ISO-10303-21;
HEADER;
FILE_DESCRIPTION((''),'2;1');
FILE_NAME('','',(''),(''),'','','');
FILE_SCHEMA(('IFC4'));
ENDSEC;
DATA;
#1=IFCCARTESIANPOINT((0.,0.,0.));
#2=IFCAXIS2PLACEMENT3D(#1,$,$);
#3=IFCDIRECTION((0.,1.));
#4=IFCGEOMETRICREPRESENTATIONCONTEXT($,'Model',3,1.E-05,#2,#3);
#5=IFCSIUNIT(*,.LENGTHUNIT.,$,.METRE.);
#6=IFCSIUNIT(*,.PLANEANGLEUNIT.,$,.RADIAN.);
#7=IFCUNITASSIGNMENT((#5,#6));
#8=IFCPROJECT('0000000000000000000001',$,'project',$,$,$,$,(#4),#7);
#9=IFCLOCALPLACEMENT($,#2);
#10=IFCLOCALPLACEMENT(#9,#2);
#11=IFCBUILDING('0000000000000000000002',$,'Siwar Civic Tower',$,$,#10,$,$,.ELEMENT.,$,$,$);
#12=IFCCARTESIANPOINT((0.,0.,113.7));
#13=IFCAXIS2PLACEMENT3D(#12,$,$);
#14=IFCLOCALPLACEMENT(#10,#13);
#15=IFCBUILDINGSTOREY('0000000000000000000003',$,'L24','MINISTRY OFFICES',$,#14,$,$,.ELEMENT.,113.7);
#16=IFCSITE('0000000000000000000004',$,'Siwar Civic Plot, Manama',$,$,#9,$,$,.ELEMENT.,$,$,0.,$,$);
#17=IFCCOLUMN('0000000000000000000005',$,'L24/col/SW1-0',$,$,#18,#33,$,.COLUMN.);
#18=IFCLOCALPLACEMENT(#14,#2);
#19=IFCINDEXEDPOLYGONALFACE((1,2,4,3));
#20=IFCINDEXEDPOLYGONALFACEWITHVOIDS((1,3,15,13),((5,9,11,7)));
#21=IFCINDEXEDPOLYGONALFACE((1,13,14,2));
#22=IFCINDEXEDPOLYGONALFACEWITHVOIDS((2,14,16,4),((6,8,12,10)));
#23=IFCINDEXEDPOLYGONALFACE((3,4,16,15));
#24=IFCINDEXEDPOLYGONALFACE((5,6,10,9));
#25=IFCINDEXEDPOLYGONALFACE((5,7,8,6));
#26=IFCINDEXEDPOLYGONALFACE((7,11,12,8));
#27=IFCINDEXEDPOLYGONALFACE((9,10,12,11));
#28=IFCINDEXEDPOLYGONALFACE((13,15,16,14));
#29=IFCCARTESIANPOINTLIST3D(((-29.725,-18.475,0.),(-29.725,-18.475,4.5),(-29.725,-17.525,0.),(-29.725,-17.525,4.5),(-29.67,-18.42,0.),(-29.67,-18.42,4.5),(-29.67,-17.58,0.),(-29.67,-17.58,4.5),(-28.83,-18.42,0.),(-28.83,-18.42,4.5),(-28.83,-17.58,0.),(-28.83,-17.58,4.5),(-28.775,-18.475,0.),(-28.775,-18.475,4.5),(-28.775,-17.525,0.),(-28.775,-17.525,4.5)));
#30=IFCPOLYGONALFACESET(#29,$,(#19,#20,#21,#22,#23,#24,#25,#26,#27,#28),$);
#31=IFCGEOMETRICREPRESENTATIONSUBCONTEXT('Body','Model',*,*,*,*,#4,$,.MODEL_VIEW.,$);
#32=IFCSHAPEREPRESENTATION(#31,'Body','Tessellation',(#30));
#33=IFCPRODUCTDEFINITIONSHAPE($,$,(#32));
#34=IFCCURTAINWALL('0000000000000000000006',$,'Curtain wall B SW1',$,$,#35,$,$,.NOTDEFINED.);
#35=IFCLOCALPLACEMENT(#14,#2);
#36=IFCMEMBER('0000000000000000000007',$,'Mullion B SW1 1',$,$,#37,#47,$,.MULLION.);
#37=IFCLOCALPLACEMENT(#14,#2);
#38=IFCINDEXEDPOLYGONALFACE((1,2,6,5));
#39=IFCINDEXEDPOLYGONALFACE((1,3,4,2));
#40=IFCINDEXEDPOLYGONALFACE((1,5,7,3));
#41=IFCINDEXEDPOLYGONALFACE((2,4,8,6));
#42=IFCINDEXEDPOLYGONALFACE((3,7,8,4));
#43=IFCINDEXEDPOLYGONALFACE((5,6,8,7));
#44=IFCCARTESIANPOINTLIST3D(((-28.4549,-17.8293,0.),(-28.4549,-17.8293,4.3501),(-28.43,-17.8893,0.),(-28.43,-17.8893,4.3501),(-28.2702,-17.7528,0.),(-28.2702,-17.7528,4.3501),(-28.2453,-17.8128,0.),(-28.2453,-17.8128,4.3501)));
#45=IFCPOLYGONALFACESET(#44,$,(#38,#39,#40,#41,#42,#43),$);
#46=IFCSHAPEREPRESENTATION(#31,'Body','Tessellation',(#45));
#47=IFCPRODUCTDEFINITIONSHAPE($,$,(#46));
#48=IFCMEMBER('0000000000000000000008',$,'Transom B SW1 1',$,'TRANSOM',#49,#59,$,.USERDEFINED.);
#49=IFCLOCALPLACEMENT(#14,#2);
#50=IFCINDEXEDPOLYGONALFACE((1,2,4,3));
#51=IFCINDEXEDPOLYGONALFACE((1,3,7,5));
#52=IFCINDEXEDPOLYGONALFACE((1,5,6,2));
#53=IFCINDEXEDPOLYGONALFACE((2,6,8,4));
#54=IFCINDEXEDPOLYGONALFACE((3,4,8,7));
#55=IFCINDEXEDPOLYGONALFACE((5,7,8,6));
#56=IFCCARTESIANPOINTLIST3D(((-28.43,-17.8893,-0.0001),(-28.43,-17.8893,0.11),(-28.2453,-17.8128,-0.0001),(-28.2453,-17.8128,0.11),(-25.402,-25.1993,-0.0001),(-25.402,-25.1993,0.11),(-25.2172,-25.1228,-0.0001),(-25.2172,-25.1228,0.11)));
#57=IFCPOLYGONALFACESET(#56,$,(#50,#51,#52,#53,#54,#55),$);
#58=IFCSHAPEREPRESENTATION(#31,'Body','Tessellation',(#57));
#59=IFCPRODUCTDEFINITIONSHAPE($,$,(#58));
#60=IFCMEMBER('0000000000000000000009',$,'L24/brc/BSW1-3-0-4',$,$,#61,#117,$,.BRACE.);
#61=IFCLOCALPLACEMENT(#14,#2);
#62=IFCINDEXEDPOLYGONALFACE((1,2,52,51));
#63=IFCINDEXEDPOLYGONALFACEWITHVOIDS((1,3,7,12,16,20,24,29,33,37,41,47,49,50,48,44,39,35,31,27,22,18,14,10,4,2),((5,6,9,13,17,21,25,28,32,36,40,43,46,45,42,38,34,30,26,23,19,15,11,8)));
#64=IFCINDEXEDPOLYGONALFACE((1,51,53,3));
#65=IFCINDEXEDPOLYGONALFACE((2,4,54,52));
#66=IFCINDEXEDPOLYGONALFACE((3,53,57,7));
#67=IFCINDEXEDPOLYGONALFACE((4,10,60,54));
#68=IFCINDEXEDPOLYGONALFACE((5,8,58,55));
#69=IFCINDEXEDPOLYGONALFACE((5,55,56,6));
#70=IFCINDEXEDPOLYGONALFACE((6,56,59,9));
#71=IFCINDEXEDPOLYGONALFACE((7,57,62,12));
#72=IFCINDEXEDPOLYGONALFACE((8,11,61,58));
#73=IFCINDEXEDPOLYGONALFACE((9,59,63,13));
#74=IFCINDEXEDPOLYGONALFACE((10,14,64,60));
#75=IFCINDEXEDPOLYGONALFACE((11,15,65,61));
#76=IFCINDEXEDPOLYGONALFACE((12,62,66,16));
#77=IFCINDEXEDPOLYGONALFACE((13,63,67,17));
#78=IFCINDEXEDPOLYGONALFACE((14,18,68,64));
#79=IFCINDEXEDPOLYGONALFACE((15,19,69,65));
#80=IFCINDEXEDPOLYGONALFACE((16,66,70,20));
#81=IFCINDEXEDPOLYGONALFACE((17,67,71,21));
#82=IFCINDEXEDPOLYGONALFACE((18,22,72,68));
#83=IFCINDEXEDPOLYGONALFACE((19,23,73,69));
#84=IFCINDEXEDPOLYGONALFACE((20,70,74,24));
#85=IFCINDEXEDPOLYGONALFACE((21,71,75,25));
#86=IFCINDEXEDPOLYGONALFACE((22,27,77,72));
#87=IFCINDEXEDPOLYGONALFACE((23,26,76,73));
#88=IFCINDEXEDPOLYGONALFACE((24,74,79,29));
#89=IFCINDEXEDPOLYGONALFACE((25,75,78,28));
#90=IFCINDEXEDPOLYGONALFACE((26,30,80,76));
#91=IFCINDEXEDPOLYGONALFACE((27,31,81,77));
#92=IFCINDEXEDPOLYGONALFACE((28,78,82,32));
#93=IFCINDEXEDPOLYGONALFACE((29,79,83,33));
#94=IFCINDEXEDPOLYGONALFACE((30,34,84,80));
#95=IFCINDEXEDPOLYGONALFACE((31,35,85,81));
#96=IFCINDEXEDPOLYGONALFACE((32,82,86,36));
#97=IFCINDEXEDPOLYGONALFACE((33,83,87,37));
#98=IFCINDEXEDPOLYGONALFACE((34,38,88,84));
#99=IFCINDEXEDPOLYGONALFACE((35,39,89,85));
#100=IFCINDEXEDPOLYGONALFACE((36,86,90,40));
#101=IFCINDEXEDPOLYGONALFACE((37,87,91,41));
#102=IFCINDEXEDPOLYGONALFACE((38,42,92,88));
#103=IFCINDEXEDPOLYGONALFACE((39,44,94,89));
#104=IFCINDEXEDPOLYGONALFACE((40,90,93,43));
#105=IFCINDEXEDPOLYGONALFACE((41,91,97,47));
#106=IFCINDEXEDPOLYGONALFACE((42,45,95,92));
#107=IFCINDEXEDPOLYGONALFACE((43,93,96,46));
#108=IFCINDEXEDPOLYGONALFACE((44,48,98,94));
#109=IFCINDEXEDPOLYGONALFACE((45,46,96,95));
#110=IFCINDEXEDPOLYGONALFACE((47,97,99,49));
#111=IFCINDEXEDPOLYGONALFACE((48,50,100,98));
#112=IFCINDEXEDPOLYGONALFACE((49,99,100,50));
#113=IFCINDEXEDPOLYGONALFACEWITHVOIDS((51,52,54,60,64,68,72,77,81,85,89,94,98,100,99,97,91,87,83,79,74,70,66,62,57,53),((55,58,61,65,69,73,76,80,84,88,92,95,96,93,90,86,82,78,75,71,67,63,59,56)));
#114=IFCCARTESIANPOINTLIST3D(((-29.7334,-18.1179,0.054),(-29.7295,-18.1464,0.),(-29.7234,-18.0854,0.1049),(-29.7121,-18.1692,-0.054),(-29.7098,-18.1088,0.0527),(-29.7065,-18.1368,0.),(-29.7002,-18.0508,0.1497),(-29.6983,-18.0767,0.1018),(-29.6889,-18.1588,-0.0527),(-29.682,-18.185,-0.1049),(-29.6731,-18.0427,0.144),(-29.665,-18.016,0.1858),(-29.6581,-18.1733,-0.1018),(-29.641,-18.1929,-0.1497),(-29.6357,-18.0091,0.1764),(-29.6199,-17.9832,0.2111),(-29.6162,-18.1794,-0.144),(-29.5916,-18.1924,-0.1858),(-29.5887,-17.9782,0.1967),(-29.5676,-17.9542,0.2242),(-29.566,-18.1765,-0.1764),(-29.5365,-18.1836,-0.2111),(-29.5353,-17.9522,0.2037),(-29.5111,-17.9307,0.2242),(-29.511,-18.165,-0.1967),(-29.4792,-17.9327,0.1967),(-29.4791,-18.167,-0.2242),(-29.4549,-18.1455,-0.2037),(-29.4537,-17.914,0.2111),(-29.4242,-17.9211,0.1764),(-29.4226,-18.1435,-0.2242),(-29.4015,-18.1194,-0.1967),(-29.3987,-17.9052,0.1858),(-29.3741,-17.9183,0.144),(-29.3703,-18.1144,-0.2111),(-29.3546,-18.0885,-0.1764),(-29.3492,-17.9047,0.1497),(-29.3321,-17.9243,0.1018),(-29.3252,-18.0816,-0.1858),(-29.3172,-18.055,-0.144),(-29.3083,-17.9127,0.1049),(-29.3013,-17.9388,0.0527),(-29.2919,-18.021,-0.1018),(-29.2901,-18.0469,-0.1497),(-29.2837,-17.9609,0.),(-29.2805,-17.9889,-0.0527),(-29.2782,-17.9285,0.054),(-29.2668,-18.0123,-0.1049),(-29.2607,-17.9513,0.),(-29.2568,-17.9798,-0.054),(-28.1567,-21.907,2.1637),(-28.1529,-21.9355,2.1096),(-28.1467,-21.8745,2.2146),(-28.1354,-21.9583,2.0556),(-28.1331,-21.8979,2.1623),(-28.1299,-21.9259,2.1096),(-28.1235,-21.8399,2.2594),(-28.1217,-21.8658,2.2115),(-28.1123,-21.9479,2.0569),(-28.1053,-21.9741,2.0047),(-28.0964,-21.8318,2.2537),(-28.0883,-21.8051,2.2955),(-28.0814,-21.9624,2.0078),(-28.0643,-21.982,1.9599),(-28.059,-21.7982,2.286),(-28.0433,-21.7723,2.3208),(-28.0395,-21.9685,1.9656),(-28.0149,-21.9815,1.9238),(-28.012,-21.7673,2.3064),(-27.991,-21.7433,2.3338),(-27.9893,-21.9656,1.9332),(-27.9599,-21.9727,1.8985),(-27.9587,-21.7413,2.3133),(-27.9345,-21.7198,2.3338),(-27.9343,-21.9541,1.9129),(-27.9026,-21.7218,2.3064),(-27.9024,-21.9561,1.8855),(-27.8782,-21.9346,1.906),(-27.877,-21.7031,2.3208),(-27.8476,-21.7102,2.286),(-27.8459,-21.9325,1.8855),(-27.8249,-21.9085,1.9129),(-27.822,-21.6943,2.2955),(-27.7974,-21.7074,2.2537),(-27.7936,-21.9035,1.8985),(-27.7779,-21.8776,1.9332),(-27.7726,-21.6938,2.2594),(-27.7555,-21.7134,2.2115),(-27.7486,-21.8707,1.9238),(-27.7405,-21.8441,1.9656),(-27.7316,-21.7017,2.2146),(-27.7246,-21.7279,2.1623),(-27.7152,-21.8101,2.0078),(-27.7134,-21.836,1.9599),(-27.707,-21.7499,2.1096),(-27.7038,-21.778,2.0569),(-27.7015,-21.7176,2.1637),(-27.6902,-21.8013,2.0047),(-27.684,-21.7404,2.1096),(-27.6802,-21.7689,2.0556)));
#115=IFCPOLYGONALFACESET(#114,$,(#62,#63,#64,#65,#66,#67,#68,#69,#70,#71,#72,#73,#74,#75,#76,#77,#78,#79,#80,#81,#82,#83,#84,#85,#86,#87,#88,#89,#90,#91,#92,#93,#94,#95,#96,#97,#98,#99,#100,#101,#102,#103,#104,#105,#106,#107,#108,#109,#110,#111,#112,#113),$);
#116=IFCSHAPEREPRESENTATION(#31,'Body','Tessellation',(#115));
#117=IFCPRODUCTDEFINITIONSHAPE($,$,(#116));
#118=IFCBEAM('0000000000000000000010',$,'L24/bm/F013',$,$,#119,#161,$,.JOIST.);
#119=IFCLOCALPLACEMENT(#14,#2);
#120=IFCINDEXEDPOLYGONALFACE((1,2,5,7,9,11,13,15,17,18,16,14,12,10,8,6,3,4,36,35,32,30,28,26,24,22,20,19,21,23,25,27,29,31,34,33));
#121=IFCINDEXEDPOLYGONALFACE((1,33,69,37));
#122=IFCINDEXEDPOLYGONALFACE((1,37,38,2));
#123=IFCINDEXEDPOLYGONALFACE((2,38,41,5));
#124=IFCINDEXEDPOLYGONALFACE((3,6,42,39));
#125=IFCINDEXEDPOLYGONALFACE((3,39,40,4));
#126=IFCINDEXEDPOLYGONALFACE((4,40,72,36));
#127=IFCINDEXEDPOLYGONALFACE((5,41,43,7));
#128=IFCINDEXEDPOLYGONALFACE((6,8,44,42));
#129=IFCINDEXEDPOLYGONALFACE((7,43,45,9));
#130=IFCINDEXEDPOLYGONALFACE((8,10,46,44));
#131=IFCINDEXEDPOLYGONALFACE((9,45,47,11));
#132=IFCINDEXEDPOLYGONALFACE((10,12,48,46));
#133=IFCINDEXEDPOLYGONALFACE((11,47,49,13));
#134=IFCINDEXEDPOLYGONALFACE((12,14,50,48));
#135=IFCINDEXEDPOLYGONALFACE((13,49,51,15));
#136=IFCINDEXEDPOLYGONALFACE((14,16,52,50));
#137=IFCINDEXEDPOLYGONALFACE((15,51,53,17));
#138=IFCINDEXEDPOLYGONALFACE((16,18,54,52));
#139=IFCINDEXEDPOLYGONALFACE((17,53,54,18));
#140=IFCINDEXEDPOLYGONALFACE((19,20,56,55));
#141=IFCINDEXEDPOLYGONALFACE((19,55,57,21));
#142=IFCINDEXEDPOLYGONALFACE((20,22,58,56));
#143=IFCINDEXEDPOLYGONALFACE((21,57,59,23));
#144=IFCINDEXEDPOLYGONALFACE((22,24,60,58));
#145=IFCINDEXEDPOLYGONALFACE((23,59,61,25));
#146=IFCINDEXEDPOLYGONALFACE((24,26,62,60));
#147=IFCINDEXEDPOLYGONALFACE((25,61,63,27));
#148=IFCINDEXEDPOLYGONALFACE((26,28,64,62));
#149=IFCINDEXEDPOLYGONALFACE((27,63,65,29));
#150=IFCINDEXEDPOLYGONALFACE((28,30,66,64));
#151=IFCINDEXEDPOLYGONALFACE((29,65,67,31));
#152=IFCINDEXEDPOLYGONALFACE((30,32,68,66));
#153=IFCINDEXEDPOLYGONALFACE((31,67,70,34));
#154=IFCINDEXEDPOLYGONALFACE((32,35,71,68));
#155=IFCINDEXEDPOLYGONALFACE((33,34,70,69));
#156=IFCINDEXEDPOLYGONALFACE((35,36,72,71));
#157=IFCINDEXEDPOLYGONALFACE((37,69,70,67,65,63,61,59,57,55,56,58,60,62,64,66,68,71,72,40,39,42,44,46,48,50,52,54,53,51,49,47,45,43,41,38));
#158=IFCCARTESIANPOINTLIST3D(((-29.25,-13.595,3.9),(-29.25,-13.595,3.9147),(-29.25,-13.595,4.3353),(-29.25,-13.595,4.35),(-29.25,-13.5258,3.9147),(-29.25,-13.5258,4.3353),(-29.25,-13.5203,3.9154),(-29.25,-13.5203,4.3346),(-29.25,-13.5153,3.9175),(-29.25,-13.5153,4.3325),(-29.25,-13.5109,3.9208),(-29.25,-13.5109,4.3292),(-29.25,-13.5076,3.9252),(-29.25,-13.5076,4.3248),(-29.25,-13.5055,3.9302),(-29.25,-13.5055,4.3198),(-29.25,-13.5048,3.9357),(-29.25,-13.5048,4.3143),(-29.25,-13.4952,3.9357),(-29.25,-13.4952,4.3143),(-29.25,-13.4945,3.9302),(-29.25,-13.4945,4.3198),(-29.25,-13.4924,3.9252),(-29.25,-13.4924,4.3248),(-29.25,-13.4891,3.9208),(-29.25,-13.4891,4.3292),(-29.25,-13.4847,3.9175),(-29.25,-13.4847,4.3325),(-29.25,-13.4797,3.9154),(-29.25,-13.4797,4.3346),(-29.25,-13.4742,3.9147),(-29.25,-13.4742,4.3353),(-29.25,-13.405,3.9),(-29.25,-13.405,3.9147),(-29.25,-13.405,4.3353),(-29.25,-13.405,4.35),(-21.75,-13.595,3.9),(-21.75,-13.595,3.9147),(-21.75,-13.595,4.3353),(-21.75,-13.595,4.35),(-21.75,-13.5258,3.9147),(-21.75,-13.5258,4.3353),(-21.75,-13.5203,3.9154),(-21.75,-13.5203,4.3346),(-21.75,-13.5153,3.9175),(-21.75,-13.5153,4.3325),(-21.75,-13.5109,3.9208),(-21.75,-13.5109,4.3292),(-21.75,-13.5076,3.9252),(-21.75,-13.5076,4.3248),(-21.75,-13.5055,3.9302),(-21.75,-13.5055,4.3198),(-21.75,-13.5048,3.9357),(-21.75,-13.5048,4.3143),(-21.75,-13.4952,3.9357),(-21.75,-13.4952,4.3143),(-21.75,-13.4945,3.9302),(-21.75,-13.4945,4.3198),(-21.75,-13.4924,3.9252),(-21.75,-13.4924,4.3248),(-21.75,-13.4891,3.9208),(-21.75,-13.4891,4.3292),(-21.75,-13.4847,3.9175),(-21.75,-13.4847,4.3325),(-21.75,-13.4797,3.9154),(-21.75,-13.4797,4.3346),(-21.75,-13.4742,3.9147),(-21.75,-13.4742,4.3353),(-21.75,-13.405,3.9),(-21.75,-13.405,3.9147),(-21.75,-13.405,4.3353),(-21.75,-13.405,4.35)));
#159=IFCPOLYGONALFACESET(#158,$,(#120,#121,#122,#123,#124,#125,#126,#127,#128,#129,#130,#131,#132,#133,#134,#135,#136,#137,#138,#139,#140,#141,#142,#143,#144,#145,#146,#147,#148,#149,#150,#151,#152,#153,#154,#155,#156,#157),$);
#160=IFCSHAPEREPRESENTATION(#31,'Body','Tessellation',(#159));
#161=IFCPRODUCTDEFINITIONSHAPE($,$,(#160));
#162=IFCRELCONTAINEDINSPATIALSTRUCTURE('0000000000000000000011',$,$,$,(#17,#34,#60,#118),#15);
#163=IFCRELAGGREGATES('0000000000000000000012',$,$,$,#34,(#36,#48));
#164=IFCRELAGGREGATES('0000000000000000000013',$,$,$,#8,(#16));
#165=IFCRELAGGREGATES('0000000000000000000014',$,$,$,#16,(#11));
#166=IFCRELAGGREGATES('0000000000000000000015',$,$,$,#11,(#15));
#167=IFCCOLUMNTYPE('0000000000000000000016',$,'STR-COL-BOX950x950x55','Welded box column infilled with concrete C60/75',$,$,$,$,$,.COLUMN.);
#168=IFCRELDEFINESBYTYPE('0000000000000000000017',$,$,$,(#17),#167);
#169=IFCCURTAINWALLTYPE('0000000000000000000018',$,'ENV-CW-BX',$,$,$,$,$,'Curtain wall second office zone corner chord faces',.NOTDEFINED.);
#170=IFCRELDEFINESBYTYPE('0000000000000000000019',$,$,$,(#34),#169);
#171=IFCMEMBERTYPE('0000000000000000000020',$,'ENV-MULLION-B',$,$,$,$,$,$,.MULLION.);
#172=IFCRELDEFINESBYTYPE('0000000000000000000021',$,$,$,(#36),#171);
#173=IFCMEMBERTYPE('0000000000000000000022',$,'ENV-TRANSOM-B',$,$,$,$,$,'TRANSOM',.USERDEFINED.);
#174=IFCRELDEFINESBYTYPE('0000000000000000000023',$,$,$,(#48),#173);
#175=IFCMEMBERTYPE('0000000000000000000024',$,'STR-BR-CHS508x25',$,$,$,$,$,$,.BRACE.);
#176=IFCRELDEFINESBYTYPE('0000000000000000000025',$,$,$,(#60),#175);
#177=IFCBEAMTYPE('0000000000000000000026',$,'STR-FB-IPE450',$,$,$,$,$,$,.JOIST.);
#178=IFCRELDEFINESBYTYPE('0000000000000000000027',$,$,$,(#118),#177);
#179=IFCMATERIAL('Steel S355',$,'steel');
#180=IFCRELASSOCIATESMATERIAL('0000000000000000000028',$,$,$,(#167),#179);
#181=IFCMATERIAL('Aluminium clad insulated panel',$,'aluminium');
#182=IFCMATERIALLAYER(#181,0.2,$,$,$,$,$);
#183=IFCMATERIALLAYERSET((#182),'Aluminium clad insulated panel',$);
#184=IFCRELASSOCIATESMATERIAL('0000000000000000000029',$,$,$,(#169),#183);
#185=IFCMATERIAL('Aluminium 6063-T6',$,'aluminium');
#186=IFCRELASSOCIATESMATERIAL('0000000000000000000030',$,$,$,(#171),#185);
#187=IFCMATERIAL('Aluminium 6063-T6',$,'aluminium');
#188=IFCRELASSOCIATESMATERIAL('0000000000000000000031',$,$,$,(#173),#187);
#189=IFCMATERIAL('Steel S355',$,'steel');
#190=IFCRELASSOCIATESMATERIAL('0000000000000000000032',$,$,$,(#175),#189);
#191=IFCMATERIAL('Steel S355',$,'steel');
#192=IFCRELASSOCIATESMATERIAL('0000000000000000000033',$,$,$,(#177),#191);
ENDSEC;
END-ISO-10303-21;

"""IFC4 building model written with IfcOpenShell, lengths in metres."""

from ifc_helpers import new_model, si_unit, direction, frame, origin, origin_2d, place, context, subcontext, project, spatial, rectangle, hollow_rectangle, hollow_circle, i_section, extrude, material, layer, layer_set, material_profile, profile_set, type_object, element, aggregate, save


model = new_model("IFC4")

# Units and contexts
model_context = context("Model", 3, precision=1e-05, world=origin(), true_north=direction((0.0, 1.0)))
body_context = subcontext(model_context, "Body", "Model", "MODEL_VIEW")
ifc_project = project(units=[si_unit("LENGTHUNIT", "METRE"), si_unit("PLANEANGLEUNIT", "RADIAN")], contexts=[model_context])

# Site, building, storey
site_placement = place(None, origin())
site = spatial("IfcSite", under=ifc_project, at=site_placement, Name="Siwar Civic Plot, Manama", CompositionType="ELEMENT", RefElevation=0.0)
building_placement = place(site_placement, origin())
building = spatial("IfcBuilding", under=site, at=building_placement, Name="Siwar Civic Tower", CompositionType="ELEMENT")
storey_placement = place(building_placement, frame((0.0, 0.0, 113.7)))
storey = spatial("IfcBuildingStorey", under=building, at=storey_placement, Name="L24", Description="MINISTRY OFFICES", CompositionType="ELEMENT", Elevation=113.7)

# Column
ifc_material_1 = material(Name="Steel S355", Category="steel")
ifc_material_profile_1 = material_profile(ifc_material_1, hollow_rectangle(XDim=0.95, YDim=0.95, WallThickness=0.0549, at=origin_2d()), Name="BOX950x950x55")
ifc_profile_set_1 = profile_set([ifc_material_profile_1], Name="Steel S355")
column_type = type_object("IfcColumnType", Name="STR-COL-BOX950x950x55", Description="Welded box column infilled with concrete C60/75", PredefinedType="COLUMN", material=ifc_profile_set_1)
column_placement = place(storey_placement, frame((-29.25, -18.0, 0.0), z_axis=(0.0, 0.0, 1.0), x_axis=(1.0, 0.0, 0.0)))
element("IfcColumn", 1, at=column_placement, inside=storey, type_object=column_type, Name="L24/col/SW1-0", PredefinedType="COLUMN", context=body_context, shape_type="SweptSolid", body=[
    extrude(hollow_rectangle(XDim=0.95, YDim=0.95, WallThickness=0.0549, at=origin_2d()), origin(), (0.0, 0.0, 1.0), 4.5),
])

# Curtain wall, members
ifc_material_2 = material(Name="Aluminium clad insulated panel", Category="aluminium")
ifc_layer_1 = layer(ifc_material_2, 0.2)
ifc_layer_set_1 = layer_set([ifc_layer_1], Name="Aluminium clad insulated panel")
curtain_wall_type_1 = type_object("IfcCurtainWallType", Name="ENV-CW-BX", ElementType="Curtain wall second office zone corner chord faces", PredefinedType="NOTDEFINED", material=ifc_layer_set_1)
curtain_wall_1_placement = place(storey_placement, origin())
curtain_wall_1 = element("IfcCurtainWall", 2, at=curtain_wall_1_placement, inside=storey, type_object=curtain_wall_type_1, Name="Curtain wall B SW1", PredefinedType="NOTDEFINED")
ifc_material_3 = material(Name="Aluminium 6063-T6", Category="aluminium")
ifc_material_profile_2 = material_profile(ifc_material_3, rectangle(XDim=0.2, YDim=0.0649, at=origin_2d()), Name="AL 200x65")
ifc_profile_set_2 = profile_set([ifc_material_profile_2], Name="Aluminium 6063-T6")
member_type_1 = type_object("IfcMemberType", Name="ENV-MULLION-B", PredefinedType="MULLION", material=ifc_profile_set_2)
member_1_placement = place(storey_placement, frame((-28.3501, -17.821, 0.0), z_axis=(0.0, 0.0, 1.0), x_axis=(0.92388, 0.382683, 0.0)))
member_1 = element("IfcMember", 3, at=member_1_placement, type_object=member_type_1, Name="Mullion B SW1 1", PredefinedType="MULLION", context=body_context, shape_type="SweptSolid", body=[
    extrude(rectangle(XDim=0.2, YDim=0.0649, at=origin_2d()), origin(), (0.0, 0.0, 1.0), 4.3501),
])
ifc_material_4 = material(Name="Aluminium 6063-T6", Category="aluminium")
ifc_material_profile_3 = material_profile(ifc_material_4, rectangle(XDim=0.2, YDim=0.1101, at=origin_2d()), Name="AL 200x110")
ifc_profile_set_3 = profile_set([ifc_material_profile_3], Name="Aluminium 6063-T6")
member_type_2 = type_object("IfcMemberType", Name="ENV-TRANSOM-B", ElementType="TRANSOM", PredefinedType="USERDEFINED", material=ifc_profile_set_3)
member_2_placement = place(storey_placement, frame((-28.3376, -17.8511, 0.0549), z_axis=(0.3827, -0.923873, 0.0), x_axis=(0.923873, 0.3827, 0.0)))
member_2 = element("IfcMember", 4, at=member_2_placement, type_object=member_type_2, Name="Transom B SW1 1", ObjectType="TRANSOM", PredefinedType="USERDEFINED", context=body_context, shape_type="SweptSolid", body=[
    extrude(rectangle(XDim=0.2, YDim=0.1101, at=origin_2d()), origin(), (0.0, 0.0, 1.0), 7.9124),
])
aggregate(curtain_wall_1, [member_1, member_2])

# Member
ifc_material_5 = material(Name="Steel S355", Category="steel")
ifc_material_profile_4 = material_profile(ifc_material_5, hollow_circle(Radius=0.2539, WallThickness=0.0249, at=origin_2d()), Name="CHS508x25")
ifc_profile_set_4 = profile_set([ifc_material_profile_4], Name="Steel S355")
member_type_3 = type_object("IfcMemberType", Name="STR-BR-CHS508x25", PredefinedType="BRACE", material=ifc_profile_set_4)
member_3_placement = place(storey_placement, frame((-29.4951, -18.0488, 0.0), z_axis=(0.341677, -0.821126, 0.457175), x_axis=(0.92326, 0.384176, 0.0)))
element("IfcMember", 5, at=member_3_placement, inside=storey, type_object=member_type_3, Name="L24/brc/BSW1-3-0-4", PredefinedType="BRACE", context=body_context, shape_type="SweptSolid", body=[
    extrude(hollow_circle(Radius=0.2539, WallThickness=0.0249, at=origin_2d()), origin(), (0.0, 0.0, 1.0), 4.6145),
])

# Beam
ifc_material_6 = material(Name="Steel S355", Category="steel")
ifc_material_profile_5 = material_profile(ifc_material_6, i_section(OverallWidth=0.1899, OverallDepth=0.45, WebThickness=0.0095, FlangeThickness=0.0146, FilletRadius=0.021, at=origin_2d()), Name="IPE450")
ifc_profile_set_5 = profile_set([ifc_material_profile_5], Name="Steel S355")
beam_type_1 = type_object("IfcBeamType", Name="STR-FB-IPE450", PredefinedType="JOIST", material=ifc_profile_set_5)
beam_1_placement = place(storey_placement, frame((-29.25, -13.5, 4.125), z_axis=(1.0, 0.0, 0.0), x_axis=(0.0, 1.0, 0.0)))
element("IfcBeam", 6, at=beam_1_placement, inside=storey, type_object=beam_type_1, Name="L24/bm/F013", PredefinedType="JOIST", context=body_context, shape_type="SweptSolid", body=[
    extrude(i_section(OverallWidth=0.1899, OverallDepth=0.45, WebThickness=0.0095, FlangeThickness=0.0146, FilletRadius=0.021, at=origin_2d()), origin(), (0.0, 0.0, 1.0), 7.5),
])

save(model, "model.ifc")
